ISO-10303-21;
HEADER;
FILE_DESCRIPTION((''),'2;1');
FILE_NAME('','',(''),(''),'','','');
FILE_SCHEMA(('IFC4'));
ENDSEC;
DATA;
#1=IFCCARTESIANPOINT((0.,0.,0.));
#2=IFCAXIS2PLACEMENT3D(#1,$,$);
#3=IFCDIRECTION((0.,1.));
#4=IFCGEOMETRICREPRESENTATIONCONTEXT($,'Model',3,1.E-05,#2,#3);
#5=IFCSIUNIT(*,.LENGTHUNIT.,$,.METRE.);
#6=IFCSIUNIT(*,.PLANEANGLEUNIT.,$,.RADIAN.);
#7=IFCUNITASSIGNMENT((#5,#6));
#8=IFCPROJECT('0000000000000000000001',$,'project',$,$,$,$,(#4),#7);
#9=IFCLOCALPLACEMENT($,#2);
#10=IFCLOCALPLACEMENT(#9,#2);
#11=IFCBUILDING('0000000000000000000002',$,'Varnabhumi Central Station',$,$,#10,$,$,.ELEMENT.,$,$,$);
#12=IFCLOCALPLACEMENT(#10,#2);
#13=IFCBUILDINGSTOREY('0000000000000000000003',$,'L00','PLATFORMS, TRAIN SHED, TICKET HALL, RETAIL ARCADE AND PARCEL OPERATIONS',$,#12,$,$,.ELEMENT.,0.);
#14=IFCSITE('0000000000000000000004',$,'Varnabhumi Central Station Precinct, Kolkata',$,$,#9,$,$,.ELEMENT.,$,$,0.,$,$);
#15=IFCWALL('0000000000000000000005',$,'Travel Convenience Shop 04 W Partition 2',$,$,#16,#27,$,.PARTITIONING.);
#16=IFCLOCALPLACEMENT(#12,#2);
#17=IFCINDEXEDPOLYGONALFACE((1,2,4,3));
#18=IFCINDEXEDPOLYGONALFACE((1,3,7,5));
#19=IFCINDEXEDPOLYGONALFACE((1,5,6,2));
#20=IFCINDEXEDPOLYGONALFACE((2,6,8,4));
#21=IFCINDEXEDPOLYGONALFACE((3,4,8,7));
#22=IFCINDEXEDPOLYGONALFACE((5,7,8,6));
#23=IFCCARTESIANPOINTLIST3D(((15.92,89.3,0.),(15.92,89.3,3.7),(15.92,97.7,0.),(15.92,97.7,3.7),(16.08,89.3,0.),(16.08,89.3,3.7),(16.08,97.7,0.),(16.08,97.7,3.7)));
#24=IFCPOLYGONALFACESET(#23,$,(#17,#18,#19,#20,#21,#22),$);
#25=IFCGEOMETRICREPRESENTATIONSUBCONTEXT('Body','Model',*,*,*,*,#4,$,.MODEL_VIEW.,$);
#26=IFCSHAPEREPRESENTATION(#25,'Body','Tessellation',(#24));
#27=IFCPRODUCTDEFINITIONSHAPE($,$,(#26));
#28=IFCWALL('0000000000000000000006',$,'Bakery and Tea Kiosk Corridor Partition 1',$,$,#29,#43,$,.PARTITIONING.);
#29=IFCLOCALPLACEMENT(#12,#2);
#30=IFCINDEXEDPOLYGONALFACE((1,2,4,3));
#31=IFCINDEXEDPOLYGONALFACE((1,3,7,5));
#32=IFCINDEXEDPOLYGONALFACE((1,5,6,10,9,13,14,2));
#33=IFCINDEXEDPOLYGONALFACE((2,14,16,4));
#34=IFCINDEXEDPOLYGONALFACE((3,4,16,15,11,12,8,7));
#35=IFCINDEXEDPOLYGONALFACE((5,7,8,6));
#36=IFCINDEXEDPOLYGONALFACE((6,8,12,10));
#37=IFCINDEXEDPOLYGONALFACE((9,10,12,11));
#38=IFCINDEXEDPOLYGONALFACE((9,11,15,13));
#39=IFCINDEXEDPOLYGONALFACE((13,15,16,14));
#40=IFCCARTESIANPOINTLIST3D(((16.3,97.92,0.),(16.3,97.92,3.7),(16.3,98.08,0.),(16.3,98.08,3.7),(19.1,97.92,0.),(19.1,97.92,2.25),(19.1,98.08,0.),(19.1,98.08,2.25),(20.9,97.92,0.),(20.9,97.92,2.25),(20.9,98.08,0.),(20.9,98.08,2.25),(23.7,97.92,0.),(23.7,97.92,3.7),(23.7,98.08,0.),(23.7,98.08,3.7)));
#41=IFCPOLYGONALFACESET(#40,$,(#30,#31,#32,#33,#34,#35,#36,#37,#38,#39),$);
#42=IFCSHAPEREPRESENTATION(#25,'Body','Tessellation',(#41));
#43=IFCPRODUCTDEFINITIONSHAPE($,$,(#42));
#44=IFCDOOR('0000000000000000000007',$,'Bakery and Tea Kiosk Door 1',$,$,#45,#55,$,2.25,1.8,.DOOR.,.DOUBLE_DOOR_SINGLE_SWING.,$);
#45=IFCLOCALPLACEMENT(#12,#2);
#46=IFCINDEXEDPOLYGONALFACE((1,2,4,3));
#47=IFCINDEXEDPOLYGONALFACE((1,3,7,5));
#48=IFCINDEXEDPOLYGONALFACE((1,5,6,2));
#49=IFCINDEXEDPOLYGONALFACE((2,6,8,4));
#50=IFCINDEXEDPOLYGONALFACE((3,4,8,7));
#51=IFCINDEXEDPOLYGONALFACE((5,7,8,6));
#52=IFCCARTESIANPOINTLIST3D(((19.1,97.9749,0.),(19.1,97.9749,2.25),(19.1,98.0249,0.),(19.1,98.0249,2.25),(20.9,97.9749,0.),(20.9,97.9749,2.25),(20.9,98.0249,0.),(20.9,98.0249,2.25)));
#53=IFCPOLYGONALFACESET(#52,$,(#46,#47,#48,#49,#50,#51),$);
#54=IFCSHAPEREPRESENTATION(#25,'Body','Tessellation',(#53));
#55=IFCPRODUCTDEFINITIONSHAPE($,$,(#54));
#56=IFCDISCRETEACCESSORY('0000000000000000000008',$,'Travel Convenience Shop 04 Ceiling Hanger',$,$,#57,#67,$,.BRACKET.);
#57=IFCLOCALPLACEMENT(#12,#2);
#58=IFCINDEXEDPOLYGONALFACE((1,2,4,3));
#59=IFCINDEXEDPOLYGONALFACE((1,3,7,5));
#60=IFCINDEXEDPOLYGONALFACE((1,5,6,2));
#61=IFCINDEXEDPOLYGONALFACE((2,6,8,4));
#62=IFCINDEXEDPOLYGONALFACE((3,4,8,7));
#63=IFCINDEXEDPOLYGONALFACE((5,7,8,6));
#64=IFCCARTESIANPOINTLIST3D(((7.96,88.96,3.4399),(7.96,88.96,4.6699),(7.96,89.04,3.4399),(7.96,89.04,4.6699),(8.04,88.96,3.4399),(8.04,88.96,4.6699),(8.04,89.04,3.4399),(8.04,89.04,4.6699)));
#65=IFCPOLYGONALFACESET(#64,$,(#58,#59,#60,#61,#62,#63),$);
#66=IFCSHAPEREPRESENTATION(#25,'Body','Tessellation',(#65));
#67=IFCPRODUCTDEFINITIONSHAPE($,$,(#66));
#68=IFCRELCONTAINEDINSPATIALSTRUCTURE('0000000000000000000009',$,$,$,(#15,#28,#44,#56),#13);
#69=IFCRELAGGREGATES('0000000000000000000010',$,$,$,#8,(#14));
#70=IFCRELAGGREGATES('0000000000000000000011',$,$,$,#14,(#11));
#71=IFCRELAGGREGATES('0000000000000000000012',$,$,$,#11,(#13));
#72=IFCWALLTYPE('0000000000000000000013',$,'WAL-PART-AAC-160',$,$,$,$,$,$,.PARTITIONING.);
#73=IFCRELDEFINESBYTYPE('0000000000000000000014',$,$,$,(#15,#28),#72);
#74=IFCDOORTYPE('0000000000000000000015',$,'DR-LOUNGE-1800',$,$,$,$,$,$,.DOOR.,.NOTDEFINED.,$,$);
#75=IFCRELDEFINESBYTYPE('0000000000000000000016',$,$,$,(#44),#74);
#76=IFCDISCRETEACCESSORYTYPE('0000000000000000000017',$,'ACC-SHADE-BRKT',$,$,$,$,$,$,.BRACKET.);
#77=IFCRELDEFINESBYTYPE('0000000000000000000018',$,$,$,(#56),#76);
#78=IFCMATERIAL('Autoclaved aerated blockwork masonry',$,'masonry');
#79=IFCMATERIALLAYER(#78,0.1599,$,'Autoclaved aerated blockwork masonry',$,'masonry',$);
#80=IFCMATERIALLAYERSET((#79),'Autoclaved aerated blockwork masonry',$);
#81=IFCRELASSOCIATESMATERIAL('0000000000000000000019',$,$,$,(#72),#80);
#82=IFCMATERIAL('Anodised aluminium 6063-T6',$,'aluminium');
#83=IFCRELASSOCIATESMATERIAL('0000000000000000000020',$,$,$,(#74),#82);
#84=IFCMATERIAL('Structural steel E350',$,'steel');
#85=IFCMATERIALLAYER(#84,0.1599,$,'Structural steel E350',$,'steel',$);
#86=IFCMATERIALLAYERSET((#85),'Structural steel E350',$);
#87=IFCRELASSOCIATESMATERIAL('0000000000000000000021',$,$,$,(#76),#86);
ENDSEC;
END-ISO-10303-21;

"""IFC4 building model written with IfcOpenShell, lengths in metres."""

from ifc_helpers import new_model, si_unit, direction, frame, frame_2d, origin, origin_2d, place, context, subcontext, project, spatial, rectangle, extrude, material, layer, layer_set, type_object, element, fill, save


model = new_model("IFC4")

# Units and contexts
model_context = context("Model", 3, precision=1e-05, world=origin(), true_north=direction((0.0, 1.0)))
body_context = subcontext(model_context, "Body", "Model", "MODEL_VIEW")
ifc_project = project(units=[si_unit("LENGTHUNIT", "METRE"), si_unit("PLANEANGLEUNIT", "RADIAN")], contexts=[model_context])

# Site, building, storey
site_placement = place(None, origin())
site = spatial("IfcSite", under=ifc_project, at=site_placement, Name="Varnabhumi Central Station Precinct, Kolkata", CompositionType="ELEMENT", RefElevation=0.0)
building_placement = place(site_placement, origin())
building = spatial("IfcBuilding", under=site, at=building_placement, Name="Varnabhumi Central Station", CompositionType="ELEMENT")
storey_placement = place(building_placement, origin())
storey = spatial("IfcBuildingStorey", under=building, at=storey_placement, Name="L00", Description="PLATFORMS, TRAIN SHED, TICKET HALL, RETAIL ARCADE AND PARCEL OPERATIONS", CompositionType="ELEMENT", Elevation=0.0)

# Shared definitions
ifc_material_1 = material(Name="Structural steel E350", Category="steel")

# Wall
ifc_material_2 = material(Name="Autoclaved aerated blockwork masonry", Category="masonry")
ifc_layer_1 = layer(ifc_material_2, 0.1599, Name="Autoclaved aerated blockwork masonry", Category="masonry")
ifc_layer_set_1 = layer_set([ifc_layer_1], Name="Autoclaved aerated blockwork masonry")
wall_type = type_object("IfcWallType", Name="WAL-PART-AAC-160", PredefinedType="PARTITIONING", material=ifc_layer_set_1)
wall_1_placement = place(storey_placement, frame((16.0, 89.3, 0.0), z_axis=(0.0, 0.0, 1.0), x_axis=(0.0, 1.0, 0.0)))
element("IfcWall", 1, at=wall_1_placement, inside=storey, type_object=wall_type, Name="Travel Convenience Shop 04 W Partition 2", PredefinedType="PARTITIONING", context=body_context, shape_type="SweptSolid", body=[
    extrude(rectangle(XDim=8.3999, YDim=0.1599, at=frame_2d((4.2, 0.0))), origin(), (0.0, 0.0, 1.0), 3.7),
])

# Wall, opening, door
wall_2_placement = place(storey_placement, frame((16.3, 98.0, 0.0), z_axis=(0.0, 0.0, 1.0), x_axis=(1.0, 0.0, 0.0)))
wall_2 = element("IfcWall", 2, at=wall_2_placement, inside=storey, type_object=wall_type, Name="Bakery and Tea Kiosk Corridor Partition 1", PredefinedType="PARTITIONING", context=body_context, shape_type="SweptSolid", body=[
    extrude(rectangle(XDim=7.3999, YDim=0.1599, at=frame_2d((3.7, 0.0))), origin(), (0.0, 0.0, 1.0), 3.7),
])
opening_placement = place(wall_2_placement, frame((2.8, 0.0, 0.0)))
opening = element("IfcOpeningElement", 3, at=opening_placement, cuts=wall_2, PredefinedType="OPENING", context=body_context, shape_type="SweptSolid", body=[
    extrude(rectangle(XDim=1.8, YDim=2.25, at=frame_2d((0.8999, 1.125))), frame((0.0, 0.0898, 0.0), z_axis=(0.0, -1.0, 0.0), x_axis=(1.0, 0.0, 0.0)), (0.0, 0.0, 1.0), 0.1799),
])
ifc_material_3 = material(Name="Anodised aluminium 6063-T6", Category="aluminium")
door_type = type_object("IfcDoorType", Name="DR-LOUNGE-1800", OperationType="NOTDEFINED", PredefinedType="DOOR", material=ifc_material_3)
door_placement = place(opening_placement, origin())
door = element("IfcDoor", 4, at=door_placement, inside=storey, type_object=door_type, Name="Bakery and Tea Kiosk Door 1", OperationType="DOUBLE_DOOR_SINGLE_SWING", OverallHeight=2.25, OverallWidth=1.8, PredefinedType="DOOR", context=body_context, shape_type="SweptSolid", body=[
    extrude(rectangle(XDim=1.8, YDim=2.25, at=frame_2d((0.8999, 1.125))), frame((0.0, 0.0249, 0.0), z_axis=(0.0, -1.0, 0.0), x_axis=(1.0, 0.0, 0.0)), (0.0, 0.0, 1.0), 0.05),
])
fill(opening, door)

# Discrete accessory
ifc_layer_2 = layer(ifc_material_1, 0.1599, Name="Structural steel E350", Category="steel")
ifc_layer_set_2 = layer_set([ifc_layer_2], Name="Structural steel E350")
discrete_accessory_type = type_object("IfcDiscreteAccessoryType", Name="ACC-SHADE-BRKT", PredefinedType="BRACKET", material=ifc_layer_set_2)
discrete_accessory_placement = place(storey_placement, frame((8.0, 89.0, 3.4399), z_axis=(0.0, 0.0, 1.0), x_axis=(1.0, 0.0, 0.0)))
element("IfcDiscreteAccessory", 5, at=discrete_accessory_placement, inside=storey, type_object=discrete_accessory_type, Name="Travel Convenience Shop 04 Ceiling Hanger", PredefinedType="BRACKET", context=body_context, shape_type="SweptSolid", body=[
    extrude(rectangle(XDim=0.0801, YDim=0.0801, at=origin_2d()), origin(), (0.0, 0.0, 1.0), 1.23),
])

save(model, "model.ifc")
